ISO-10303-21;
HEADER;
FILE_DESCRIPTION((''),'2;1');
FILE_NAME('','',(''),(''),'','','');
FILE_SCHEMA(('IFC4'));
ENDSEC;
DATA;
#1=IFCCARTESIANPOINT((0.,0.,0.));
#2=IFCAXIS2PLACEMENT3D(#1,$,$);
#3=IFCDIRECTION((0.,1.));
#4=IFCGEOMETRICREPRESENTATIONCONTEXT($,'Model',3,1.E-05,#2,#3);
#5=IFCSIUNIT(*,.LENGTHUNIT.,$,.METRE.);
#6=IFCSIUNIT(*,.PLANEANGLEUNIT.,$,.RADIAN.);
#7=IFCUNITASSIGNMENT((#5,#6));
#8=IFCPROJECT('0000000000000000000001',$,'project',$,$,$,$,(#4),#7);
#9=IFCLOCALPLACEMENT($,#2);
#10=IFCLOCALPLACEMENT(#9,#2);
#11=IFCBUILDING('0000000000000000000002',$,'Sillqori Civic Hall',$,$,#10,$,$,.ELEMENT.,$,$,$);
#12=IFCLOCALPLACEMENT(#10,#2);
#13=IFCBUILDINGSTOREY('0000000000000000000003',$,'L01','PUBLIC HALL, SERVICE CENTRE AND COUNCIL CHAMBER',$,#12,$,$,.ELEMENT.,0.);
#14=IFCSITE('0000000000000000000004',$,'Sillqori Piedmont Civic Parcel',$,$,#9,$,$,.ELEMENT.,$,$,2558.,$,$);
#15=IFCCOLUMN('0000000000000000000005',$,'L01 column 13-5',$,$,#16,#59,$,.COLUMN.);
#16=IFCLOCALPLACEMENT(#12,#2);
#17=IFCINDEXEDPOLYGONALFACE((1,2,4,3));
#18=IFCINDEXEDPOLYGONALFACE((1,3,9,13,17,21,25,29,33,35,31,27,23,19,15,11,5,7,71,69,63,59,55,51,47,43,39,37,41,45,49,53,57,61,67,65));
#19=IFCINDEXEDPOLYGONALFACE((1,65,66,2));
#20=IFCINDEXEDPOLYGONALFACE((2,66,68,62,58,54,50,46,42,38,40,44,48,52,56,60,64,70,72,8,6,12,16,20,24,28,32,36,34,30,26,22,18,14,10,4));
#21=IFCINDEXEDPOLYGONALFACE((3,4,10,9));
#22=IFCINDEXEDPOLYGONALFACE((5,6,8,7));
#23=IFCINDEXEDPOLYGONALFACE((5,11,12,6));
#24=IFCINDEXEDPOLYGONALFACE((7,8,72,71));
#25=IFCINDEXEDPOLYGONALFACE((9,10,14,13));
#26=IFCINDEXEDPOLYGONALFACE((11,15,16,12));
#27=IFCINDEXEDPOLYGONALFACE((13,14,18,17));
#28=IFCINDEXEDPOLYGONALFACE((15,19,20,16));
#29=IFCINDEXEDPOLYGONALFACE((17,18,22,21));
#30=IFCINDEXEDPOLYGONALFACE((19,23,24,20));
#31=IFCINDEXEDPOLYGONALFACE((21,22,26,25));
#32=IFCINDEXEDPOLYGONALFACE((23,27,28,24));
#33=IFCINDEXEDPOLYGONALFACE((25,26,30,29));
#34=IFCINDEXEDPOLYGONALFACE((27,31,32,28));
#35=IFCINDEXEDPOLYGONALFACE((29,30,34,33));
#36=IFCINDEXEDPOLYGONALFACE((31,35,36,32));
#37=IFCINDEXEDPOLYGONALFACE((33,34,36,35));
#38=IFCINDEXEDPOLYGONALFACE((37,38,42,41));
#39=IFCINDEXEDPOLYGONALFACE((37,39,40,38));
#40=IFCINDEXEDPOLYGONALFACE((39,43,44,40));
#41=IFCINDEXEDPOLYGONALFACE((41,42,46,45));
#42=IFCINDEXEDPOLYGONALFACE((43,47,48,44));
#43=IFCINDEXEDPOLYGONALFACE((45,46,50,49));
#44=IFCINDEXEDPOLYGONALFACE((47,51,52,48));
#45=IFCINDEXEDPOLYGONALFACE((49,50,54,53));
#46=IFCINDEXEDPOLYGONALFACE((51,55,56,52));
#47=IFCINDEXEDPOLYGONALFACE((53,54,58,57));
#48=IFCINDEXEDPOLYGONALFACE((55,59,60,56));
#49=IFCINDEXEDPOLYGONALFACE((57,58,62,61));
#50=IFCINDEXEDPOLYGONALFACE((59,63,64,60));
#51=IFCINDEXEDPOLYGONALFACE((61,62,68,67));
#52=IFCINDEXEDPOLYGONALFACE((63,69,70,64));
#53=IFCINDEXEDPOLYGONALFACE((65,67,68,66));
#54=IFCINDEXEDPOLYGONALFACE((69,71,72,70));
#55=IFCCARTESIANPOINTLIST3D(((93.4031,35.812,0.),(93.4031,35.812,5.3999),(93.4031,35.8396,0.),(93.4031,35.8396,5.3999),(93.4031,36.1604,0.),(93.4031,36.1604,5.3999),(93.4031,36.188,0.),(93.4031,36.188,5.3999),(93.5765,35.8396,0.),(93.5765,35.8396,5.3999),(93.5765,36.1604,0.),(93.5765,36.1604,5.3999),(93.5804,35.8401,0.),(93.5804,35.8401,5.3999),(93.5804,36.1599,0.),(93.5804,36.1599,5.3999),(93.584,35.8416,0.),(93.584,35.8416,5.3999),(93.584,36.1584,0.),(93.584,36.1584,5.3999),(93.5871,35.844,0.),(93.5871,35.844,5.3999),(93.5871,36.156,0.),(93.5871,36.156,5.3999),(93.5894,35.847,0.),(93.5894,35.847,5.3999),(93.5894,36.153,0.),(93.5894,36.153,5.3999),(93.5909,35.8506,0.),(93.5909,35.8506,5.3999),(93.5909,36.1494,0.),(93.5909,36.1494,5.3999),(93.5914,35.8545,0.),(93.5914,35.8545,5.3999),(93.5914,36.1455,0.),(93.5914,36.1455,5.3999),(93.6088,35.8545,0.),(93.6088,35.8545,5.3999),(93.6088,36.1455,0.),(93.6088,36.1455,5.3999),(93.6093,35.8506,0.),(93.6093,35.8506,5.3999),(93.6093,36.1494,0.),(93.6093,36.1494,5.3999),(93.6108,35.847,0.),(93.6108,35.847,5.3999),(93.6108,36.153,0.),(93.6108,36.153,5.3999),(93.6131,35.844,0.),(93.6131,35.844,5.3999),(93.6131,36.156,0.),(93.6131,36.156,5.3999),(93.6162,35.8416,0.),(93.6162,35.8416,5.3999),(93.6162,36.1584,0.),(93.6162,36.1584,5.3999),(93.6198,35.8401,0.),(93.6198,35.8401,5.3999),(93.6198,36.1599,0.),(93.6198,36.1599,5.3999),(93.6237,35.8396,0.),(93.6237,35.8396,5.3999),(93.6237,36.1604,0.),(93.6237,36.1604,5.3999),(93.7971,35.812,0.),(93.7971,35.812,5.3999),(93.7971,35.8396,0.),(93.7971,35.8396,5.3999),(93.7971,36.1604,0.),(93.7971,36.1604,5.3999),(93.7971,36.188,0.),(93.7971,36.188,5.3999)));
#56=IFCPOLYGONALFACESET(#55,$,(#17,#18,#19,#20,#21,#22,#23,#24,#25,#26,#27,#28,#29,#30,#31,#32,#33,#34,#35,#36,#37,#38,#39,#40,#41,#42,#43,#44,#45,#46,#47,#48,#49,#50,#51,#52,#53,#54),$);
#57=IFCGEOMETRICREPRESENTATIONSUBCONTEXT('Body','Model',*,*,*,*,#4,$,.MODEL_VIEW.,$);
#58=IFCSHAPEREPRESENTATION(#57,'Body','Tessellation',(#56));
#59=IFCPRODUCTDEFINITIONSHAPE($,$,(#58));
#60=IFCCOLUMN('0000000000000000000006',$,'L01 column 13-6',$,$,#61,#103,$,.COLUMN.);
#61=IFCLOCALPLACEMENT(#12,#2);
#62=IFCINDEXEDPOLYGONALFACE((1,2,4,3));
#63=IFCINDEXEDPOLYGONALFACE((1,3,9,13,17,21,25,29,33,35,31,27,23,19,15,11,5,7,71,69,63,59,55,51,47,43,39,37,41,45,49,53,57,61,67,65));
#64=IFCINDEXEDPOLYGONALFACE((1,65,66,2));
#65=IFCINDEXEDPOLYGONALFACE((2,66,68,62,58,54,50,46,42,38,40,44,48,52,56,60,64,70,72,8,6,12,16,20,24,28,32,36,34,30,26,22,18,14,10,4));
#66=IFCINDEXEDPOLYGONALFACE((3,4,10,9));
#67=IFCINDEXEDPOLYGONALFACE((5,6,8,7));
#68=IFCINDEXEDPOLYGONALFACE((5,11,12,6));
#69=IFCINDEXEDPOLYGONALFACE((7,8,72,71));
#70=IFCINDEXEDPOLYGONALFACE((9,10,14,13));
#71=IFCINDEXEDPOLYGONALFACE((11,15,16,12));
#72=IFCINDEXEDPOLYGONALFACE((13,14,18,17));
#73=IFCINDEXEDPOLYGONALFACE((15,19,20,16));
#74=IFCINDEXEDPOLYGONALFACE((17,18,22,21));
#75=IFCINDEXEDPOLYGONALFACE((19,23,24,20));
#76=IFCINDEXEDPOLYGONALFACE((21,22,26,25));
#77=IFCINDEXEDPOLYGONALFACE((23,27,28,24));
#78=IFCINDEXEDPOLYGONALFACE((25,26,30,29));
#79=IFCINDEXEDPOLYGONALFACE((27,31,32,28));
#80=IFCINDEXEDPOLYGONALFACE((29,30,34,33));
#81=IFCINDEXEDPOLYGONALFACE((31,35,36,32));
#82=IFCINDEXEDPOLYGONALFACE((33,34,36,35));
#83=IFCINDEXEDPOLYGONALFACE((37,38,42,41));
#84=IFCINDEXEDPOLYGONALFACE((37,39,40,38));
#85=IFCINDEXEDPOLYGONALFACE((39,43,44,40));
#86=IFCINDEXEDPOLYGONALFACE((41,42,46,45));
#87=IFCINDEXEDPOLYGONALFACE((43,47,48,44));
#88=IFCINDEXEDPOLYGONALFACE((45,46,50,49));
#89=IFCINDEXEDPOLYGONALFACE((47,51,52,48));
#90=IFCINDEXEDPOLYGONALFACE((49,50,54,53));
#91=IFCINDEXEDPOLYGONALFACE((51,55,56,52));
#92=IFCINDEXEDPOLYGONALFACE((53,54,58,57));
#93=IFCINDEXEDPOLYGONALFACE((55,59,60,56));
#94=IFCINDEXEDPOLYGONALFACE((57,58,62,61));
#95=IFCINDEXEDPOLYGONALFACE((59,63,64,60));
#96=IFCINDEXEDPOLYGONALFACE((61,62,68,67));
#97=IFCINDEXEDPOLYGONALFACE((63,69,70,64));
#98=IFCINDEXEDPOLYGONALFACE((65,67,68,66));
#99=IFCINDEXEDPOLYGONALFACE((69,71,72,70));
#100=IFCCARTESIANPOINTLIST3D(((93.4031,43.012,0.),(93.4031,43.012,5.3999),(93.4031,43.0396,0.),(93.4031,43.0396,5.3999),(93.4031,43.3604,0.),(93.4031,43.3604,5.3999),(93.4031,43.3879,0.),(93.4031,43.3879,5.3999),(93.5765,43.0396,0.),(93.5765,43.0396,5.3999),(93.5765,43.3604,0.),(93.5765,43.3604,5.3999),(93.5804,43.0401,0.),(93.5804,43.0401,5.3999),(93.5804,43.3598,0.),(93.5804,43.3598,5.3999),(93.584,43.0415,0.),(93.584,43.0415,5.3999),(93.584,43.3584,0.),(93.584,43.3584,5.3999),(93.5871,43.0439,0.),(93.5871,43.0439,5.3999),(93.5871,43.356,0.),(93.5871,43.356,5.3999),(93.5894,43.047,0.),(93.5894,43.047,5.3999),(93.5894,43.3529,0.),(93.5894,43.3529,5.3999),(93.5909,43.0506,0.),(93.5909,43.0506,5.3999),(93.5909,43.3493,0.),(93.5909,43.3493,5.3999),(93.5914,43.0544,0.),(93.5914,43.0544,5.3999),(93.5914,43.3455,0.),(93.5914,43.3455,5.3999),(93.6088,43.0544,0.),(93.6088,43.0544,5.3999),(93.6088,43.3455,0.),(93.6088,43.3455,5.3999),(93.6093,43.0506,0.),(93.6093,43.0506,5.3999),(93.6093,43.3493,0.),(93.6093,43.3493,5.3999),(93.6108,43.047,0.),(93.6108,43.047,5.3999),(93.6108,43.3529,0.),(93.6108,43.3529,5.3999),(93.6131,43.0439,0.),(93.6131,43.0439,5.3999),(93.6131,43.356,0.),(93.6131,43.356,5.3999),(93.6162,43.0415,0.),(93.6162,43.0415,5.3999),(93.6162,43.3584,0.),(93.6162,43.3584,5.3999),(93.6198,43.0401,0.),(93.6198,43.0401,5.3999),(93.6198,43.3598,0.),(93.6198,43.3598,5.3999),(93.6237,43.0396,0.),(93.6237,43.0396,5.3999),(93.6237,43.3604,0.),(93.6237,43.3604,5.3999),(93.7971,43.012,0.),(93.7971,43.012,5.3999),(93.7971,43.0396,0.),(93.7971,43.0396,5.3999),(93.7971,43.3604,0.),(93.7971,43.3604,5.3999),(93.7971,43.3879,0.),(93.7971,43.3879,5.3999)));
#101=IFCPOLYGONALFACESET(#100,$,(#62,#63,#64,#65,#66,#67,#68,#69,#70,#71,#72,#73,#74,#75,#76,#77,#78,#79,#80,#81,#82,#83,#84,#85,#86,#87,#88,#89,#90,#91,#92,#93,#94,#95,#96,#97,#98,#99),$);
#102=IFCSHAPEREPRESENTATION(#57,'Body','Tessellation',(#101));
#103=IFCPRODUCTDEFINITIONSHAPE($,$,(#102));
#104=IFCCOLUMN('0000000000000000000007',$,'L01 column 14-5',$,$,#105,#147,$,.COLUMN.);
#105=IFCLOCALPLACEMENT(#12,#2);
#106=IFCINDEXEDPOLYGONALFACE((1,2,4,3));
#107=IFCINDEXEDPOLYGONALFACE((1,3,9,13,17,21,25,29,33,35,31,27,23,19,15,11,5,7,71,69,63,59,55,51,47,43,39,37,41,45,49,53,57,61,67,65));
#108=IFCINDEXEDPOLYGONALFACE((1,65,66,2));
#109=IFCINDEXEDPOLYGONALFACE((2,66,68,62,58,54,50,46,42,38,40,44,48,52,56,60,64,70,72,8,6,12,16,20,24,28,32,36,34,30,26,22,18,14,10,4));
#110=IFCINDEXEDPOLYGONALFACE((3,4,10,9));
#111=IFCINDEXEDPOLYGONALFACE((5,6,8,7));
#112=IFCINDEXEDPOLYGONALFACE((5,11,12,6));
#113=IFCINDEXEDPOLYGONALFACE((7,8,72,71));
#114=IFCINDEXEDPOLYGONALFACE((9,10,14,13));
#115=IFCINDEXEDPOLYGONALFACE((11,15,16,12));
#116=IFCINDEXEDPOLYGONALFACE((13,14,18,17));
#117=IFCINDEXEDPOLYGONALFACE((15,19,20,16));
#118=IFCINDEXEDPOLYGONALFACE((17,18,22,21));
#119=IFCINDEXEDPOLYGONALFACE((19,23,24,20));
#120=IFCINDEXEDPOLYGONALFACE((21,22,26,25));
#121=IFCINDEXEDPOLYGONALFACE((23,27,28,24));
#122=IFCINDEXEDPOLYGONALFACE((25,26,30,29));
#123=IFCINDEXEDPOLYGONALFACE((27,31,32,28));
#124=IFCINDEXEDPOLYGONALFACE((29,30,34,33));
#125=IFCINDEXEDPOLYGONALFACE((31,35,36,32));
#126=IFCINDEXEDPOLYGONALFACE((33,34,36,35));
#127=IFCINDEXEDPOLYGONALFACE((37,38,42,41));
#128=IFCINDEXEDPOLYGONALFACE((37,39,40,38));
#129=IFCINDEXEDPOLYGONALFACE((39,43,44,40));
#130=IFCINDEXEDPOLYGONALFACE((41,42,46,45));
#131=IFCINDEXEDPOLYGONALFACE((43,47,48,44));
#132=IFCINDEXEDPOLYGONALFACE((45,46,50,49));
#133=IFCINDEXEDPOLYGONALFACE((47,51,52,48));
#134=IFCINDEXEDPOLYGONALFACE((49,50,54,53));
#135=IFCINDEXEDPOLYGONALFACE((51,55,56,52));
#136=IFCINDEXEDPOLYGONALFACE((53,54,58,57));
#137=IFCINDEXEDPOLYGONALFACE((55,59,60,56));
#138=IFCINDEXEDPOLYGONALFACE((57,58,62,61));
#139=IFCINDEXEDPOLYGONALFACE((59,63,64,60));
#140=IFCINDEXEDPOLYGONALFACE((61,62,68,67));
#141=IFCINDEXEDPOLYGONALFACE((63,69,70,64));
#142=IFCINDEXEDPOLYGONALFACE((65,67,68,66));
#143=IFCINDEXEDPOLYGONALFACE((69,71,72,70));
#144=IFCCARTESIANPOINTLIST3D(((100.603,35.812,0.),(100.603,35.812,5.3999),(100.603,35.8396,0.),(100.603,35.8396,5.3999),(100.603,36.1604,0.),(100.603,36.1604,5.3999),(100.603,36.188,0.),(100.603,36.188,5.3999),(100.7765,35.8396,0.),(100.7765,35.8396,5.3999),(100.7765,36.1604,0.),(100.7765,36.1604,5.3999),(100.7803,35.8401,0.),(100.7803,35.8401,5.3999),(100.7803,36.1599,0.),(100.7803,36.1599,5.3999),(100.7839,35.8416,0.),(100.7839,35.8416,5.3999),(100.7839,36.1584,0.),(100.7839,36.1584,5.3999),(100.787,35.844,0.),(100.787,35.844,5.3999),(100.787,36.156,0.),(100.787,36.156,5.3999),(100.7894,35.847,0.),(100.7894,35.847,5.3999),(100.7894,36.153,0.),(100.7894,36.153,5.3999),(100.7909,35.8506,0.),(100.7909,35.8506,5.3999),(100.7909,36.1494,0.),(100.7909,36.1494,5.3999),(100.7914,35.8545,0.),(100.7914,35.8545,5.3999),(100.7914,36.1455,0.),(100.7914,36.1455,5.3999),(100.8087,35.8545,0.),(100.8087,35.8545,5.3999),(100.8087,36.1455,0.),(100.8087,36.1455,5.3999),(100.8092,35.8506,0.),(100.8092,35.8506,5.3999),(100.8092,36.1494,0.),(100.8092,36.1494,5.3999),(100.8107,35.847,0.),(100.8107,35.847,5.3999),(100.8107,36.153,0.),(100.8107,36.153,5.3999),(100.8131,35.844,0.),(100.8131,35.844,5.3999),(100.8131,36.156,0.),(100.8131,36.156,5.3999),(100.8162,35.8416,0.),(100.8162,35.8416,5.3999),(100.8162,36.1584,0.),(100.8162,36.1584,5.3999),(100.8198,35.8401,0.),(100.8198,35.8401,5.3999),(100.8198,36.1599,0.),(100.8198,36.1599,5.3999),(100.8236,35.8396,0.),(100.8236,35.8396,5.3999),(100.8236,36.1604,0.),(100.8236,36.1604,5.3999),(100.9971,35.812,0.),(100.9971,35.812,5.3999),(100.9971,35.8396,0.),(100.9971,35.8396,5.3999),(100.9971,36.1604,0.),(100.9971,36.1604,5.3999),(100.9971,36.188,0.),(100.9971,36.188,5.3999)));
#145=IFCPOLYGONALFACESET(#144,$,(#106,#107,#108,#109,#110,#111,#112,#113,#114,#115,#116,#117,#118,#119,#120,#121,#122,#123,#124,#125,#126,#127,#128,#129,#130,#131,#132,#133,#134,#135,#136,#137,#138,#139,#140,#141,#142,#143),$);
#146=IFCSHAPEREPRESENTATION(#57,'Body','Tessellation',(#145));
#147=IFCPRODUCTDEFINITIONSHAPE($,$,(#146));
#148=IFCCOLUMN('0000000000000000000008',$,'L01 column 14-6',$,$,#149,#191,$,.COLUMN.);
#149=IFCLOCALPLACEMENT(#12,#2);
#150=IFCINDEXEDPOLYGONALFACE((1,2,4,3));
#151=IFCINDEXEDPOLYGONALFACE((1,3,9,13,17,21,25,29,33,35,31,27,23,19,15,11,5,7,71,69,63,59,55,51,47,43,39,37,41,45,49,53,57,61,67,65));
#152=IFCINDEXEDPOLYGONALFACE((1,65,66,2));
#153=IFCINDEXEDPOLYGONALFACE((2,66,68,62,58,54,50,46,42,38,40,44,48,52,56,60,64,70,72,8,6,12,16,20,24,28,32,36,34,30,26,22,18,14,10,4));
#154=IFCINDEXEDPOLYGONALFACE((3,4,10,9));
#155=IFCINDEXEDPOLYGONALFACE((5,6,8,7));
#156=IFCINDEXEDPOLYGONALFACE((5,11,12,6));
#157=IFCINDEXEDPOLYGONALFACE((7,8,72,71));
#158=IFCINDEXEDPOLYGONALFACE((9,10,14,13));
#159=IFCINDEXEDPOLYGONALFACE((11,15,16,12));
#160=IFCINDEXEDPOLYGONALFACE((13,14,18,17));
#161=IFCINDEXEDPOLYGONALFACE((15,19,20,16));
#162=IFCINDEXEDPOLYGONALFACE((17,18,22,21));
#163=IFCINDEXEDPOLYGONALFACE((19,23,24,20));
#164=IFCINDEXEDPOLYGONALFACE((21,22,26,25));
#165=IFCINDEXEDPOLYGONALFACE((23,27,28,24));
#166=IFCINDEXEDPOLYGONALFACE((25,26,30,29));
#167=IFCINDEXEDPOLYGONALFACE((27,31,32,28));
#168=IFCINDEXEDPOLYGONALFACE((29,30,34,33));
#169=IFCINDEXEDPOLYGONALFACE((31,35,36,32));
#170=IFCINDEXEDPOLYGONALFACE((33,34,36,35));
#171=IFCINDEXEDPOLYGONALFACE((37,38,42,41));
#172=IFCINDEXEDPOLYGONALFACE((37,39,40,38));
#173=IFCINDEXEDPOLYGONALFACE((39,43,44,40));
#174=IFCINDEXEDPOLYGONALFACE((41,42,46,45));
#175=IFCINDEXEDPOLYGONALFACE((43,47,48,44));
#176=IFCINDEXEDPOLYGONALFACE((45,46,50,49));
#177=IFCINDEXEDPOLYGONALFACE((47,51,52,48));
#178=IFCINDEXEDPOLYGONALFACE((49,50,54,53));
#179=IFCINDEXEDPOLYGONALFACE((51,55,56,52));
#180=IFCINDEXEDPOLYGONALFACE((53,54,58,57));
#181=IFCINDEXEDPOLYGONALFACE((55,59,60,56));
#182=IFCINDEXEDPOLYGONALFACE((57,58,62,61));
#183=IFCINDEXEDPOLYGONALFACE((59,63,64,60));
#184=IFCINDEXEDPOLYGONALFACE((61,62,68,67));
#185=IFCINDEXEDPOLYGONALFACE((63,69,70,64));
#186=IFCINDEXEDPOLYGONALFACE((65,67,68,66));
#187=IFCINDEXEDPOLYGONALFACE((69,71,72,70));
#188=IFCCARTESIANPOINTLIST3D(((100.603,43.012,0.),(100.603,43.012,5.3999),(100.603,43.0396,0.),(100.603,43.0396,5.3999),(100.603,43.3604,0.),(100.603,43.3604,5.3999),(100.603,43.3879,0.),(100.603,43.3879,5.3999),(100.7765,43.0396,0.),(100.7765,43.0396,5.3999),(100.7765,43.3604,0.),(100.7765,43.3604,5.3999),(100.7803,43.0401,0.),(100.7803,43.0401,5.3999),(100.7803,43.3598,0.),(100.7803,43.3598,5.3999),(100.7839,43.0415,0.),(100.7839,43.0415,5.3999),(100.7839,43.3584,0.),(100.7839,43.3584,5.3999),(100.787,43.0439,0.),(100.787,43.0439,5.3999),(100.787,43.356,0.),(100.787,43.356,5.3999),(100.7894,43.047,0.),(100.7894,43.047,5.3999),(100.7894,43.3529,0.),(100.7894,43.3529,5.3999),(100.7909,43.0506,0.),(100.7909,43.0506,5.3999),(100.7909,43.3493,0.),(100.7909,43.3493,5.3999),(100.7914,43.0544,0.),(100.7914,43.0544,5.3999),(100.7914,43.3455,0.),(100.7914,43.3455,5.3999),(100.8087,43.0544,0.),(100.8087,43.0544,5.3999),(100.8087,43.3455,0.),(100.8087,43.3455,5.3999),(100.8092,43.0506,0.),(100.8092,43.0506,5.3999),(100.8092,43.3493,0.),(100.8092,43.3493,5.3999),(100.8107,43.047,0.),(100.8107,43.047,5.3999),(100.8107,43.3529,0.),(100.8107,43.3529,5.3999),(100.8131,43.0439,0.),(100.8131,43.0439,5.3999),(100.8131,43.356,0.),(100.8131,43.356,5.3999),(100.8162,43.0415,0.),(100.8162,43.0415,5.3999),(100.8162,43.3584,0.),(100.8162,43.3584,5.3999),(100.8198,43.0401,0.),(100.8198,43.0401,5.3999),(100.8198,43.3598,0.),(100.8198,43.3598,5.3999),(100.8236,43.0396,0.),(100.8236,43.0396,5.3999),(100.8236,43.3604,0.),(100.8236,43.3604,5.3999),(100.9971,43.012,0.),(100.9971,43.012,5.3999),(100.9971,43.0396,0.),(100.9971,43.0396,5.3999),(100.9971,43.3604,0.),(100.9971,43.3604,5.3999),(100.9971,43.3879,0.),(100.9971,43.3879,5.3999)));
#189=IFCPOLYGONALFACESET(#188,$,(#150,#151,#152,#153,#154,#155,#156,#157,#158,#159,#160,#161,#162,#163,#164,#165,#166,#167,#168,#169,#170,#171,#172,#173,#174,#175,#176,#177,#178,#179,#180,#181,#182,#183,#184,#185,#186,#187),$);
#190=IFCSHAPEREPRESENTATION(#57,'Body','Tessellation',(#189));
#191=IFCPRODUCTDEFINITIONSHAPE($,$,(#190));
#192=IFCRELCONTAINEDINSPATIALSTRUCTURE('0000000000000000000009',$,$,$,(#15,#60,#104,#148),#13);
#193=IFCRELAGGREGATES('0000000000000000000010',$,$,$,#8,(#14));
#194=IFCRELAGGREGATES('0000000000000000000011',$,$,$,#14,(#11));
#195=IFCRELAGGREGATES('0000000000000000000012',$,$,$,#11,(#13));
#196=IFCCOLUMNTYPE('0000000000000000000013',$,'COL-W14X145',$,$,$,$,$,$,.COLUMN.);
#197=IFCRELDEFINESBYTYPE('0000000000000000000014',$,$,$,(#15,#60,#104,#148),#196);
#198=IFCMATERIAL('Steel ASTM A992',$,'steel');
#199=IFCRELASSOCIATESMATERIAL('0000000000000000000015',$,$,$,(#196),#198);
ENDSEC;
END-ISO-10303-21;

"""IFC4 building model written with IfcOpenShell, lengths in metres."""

from ifc_helpers import new_model, si_unit, direction, frame, origin, origin_2d, place, context, subcontext, project, spatial, i_section, extrude, material, material_profile, profile_set, type_object, element, save


model = new_model("IFC4")

# Units and contexts
model_context = context("Model", 3, precision=1e-05, world=origin(), true_north=direction((0.0, 1.0)))
body_context = subcontext(model_context, "Body", "Model", "MODEL_VIEW")
ifc_project = project(units=[si_unit("LENGTHUNIT", "METRE"), si_unit("PLANEANGLEUNIT", "RADIAN")], contexts=[model_context])

# Site, building, storey
site_placement = place(None, origin())
site = spatial("IfcSite", under=ifc_project, at=site_placement, Name="Sillqori Piedmont Civic Parcel", CompositionType="ELEMENT", RefElevation=2558.0)
building_placement = place(site_placement, origin())
building = spatial("IfcBuilding", under=site, at=building_placement, Name="Sillqori Civic Hall", CompositionType="ELEMENT")
storey_placement = place(building_placement, origin())
storey = spatial("IfcBuildingStorey", under=building, at=storey_placement, Name="L01", Description="PUBLIC HALL, SERVICE CENTRE AND COUNCIL CHAMBER", CompositionType="ELEMENT", Elevation=0.0)

# Columns
ifc_material_1 = material(Name="Steel ASTM A992", Category="steel")
ifc_material_profile_1 = material_profile(ifc_material_1, i_section(OverallWidth=0.394, OverallDepth=0.376, WebThickness=0.0173, FlangeThickness=0.0276, FilletRadius=0.0149, at=origin_2d()), Name="W14X145")
ifc_profile_set_1 = profile_set([ifc_material_profile_1], Name="Steel ASTM A992")
column_type = type_object("IfcColumnType", Name="COL-W14X145", PredefinedType="COLUMN", material=ifc_profile_set_1)
for number, where, z_axis, x_axis, name in (
    (1, (93.6001, 36.0, 0.0), (0.0, 0.0, 1.0), (1.0, 0.0, 0.0), "L01 column 13-5"),
    (2, (93.6001, 43.2, 0.0), (0.0, 0.0, 1.0), (1.0, 0.0, 0.0), "L01 column 13-6"),
    (3, (100.8, 36.0, 0.0), (0.0, 0.0, 1.0), (1.0, 0.0, 0.0), "L01 column 14-5"),
    (4, (100.8, 43.2, 0.0), (0.0, 0.0, 1.0), (1.0, 0.0, 0.0), "L01 column 14-6"),
):
    element("IfcColumn", number, at=place(storey_placement, frame(where, z_axis=z_axis, x_axis=x_axis)), inside=storey, type_object=column_type, Name=name, PredefinedType="COLUMN", context=body_context, shape_type="SweptSolid", body=[
        extrude(i_section(OverallWidth=0.394, OverallDepth=0.376, WebThickness=0.0173, FlangeThickness=0.0276, FilletRadius=0.0149, at=origin_2d()), origin(), (0.0, 0.0, 1.0), 5.3999),
    ])

save(model, "model.ifc")
